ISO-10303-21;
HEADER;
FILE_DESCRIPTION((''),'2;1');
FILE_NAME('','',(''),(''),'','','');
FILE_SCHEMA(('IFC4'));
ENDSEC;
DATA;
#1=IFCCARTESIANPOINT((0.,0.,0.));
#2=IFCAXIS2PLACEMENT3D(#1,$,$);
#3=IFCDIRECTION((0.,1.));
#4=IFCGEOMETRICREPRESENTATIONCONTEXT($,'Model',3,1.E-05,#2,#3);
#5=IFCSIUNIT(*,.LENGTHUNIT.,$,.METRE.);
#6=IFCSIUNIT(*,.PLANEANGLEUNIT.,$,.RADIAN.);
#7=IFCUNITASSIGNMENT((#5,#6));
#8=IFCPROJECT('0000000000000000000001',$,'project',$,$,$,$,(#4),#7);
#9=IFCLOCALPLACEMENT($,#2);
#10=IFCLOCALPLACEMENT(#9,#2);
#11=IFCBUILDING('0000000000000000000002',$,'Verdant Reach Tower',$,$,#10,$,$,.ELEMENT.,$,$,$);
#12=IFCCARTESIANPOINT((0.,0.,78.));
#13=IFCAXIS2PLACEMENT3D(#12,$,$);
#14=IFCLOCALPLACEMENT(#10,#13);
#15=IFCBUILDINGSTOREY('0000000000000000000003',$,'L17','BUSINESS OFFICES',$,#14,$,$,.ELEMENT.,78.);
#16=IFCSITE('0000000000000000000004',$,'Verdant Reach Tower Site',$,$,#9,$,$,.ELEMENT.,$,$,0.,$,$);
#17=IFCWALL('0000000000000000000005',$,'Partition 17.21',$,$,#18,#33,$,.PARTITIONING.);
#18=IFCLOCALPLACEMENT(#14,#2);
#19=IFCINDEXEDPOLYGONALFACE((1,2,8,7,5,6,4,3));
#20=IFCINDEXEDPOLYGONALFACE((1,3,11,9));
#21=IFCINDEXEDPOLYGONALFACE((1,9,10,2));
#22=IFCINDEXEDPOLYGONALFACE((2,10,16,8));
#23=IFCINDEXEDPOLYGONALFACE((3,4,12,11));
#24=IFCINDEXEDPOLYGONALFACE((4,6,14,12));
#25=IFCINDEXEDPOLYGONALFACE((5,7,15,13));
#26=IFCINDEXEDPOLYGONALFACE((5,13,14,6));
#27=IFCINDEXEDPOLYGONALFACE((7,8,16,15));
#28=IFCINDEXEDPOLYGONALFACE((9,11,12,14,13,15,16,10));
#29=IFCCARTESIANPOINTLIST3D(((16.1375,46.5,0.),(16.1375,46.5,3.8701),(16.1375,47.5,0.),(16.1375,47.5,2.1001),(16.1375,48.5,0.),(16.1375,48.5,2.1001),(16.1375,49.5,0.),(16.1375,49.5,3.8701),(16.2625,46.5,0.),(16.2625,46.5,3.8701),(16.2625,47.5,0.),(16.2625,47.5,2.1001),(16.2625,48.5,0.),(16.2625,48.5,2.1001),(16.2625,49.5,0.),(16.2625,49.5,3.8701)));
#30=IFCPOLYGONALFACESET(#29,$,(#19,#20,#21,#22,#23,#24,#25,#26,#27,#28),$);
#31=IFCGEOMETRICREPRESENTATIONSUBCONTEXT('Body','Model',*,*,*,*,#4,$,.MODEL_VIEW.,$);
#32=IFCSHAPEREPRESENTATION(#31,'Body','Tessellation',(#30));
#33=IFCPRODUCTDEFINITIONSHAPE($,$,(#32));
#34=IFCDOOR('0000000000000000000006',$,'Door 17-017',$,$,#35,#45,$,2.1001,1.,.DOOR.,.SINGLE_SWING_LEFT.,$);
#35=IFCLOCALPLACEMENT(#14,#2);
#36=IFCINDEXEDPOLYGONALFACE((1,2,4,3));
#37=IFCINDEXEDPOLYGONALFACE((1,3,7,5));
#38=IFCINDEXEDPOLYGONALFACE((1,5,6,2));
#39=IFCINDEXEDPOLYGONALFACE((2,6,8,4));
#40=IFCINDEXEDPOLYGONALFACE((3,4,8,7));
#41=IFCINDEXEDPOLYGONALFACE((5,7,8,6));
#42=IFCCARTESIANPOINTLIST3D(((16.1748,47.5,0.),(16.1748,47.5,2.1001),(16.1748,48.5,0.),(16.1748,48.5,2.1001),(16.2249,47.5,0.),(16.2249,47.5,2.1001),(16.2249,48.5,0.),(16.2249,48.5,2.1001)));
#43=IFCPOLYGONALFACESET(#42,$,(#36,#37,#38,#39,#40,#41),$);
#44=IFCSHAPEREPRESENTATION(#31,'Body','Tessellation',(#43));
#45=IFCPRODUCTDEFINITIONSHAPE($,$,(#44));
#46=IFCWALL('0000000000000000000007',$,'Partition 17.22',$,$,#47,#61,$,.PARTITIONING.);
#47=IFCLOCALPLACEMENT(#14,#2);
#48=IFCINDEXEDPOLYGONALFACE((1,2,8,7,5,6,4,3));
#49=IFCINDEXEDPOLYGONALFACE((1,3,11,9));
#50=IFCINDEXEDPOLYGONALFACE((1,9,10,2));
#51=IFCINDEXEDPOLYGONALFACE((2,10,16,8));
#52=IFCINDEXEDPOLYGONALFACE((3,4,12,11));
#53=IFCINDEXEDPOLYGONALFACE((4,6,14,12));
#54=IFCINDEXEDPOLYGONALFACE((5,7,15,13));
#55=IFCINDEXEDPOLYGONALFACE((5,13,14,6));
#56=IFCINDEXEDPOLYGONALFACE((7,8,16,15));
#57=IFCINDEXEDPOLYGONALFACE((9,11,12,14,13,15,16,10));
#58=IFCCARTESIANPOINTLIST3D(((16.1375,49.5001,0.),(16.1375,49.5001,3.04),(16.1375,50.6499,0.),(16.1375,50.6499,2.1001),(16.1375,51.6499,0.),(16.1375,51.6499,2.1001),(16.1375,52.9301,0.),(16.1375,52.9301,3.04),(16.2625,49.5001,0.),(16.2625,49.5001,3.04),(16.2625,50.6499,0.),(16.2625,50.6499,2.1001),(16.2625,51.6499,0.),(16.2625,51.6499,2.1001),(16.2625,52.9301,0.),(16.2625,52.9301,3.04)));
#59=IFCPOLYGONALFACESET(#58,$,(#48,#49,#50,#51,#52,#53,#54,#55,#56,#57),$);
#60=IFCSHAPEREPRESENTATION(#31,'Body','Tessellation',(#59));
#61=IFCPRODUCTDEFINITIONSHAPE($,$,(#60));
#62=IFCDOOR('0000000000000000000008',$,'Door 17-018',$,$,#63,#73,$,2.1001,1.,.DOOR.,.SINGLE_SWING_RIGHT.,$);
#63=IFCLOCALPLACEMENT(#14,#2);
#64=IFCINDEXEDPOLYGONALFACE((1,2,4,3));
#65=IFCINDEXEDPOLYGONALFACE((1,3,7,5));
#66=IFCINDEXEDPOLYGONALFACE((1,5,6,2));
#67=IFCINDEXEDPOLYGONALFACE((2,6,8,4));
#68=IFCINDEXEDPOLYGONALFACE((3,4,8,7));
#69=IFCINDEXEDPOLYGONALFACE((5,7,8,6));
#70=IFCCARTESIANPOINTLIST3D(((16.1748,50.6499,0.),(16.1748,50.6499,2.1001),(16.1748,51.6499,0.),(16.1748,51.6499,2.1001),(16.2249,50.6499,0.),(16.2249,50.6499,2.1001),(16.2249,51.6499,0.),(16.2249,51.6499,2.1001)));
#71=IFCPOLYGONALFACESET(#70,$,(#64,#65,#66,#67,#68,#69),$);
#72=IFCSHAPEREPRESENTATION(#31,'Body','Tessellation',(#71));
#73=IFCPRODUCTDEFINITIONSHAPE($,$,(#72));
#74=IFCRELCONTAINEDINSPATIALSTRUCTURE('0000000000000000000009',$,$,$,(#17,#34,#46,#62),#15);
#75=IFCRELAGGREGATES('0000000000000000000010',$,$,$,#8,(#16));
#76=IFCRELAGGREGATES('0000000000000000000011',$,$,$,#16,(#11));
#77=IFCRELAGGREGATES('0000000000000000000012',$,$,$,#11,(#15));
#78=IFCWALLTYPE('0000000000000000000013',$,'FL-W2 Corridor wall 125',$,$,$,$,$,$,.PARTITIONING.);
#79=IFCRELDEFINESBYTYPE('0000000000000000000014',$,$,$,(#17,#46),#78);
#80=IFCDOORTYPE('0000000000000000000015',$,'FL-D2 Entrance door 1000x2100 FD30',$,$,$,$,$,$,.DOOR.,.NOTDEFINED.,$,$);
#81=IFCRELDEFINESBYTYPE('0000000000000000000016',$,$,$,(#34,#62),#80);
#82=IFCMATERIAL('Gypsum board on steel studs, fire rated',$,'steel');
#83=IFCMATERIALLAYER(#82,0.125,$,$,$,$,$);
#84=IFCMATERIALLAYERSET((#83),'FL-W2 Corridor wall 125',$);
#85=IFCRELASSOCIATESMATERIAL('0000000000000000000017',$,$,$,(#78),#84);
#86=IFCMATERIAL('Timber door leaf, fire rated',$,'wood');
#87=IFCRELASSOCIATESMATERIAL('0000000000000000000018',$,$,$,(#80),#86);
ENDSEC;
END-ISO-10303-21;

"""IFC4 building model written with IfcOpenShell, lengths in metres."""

from ifc_helpers import new_model, si_unit, direction, frame, frame_2d, origin, place, context, subcontext, project, spatial, rectangle, extrude, material, layer, layer_set, type_object, element, fill, save


model = new_model("IFC4")

# Units and contexts
model_context = context("Model", 3, precision=1e-05, world=origin(), true_north=direction((0.0, 1.0)))
body_context = subcontext(model_context, "Body", "Model", "MODEL_VIEW")
ifc_project = project(units=[si_unit("LENGTHUNIT", "METRE"), si_unit("PLANEANGLEUNIT", "RADIAN")], contexts=[model_context])

# Site, building, storey
site_placement = place(None, origin())
site = spatial("IfcSite", under=ifc_project, at=site_placement, Name="Verdant Reach Tower Site", CompositionType="ELEMENT", RefElevation=0.0)
building_placement = place(site_placement, origin())
building = spatial("IfcBuilding", under=site, at=building_placement, Name="Verdant Reach Tower", CompositionType="ELEMENT")
storey_placement = place(building_placement, frame((0.0, 0.0, 78.0)))
storey = spatial("IfcBuildingStorey", under=building, at=storey_placement, Name="L17", Description="BUSINESS OFFICES", CompositionType="ELEMENT", Elevation=78.0)

# Walls, openings, doors
ifc_material_1 = material(Name="Gypsum board on steel studs, fire rated", Category="steel")
ifc_layer_1 = layer(ifc_material_1, 0.125)
ifc_layer_set_1 = layer_set([ifc_layer_1], Name="FL-W2 Corridor wall 125")
wall_type_1 = type_object("IfcWallType", Name="FL-W2 Corridor wall 125", PredefinedType="PARTITIONING", material=ifc_layer_set_1)
ifc_material_2 = material(Name="Timber door leaf, fire rated", Category="wood")
door_type = type_object("IfcDoorType", Name="FL-D2 Entrance door 1000x2100 FD30", OperationType="NOTDEFINED", PredefinedType="DOOR", material=ifc_material_2)
wall_1_placement = place(storey_placement, frame((16.2, 49.5, 0.0), z_axis=(0.0, 0.0, 1.0), x_axis=(0.0, -1.0, 0.0)))
wall_1 = element("IfcWall", 1, at=wall_1_placement, inside=storey, type_object=wall_type_1, Name="Partition 17.21", PredefinedType="PARTITIONING", context=body_context, shape_type="SweptSolid", body=[
    extrude(rectangle(XDim=3.0, YDim=0.125, at=frame_2d((1.5, 0.0))), origin(), (0.0, 0.0, 1.0), 3.8701),
])
opening_1_placement = place(wall_1_placement, frame((1.0, 0.0, 0.0)))
opening_1 = element("IfcOpeningElement", 2, at=opening_1_placement, cuts=wall_1, PredefinedType="OPENING", context=body_context, shape_type="SweptSolid", body=[
    extrude(rectangle(XDim=1.0, YDim=2.1001, at=frame_2d((0.5, 1.05))), frame((0.0, 0.0725, 0.0), z_axis=(0.0, -1.0, 0.0), x_axis=(1.0, 0.0, 0.0)), (0.0, 0.0, 1.0), 0.145),
])
door_1_placement = place(opening_1_placement, origin())
door_1 = element("IfcDoor", 3, at=door_1_placement, inside=storey, type_object=door_type, Name="Door 17-017", OperationType="SINGLE_SWING_LEFT", OverallHeight=2.1001, OverallWidth=1.0, PredefinedType="DOOR", context=body_context, shape_type="SweptSolid", body=[
    extrude(rectangle(XDim=1.0, YDim=2.1001, at=frame_2d((0.5, 1.05))), frame((0.0, 0.0249, 0.0), z_axis=(0.0, -1.0, 0.0), x_axis=(1.0, 0.0, 0.0)), (0.0, 0.0, 1.0), 0.05),
])
fill(opening_1, door_1)
wall_2_placement = place(storey_placement, frame((16.2, 52.9299, 0.0), z_axis=(0.0, 0.0, 1.0), x_axis=(0.0, -1.0, 0.0)))
wall_2 = element("IfcWall", 4, at=wall_2_placement, inside=storey, type_object=wall_type_1, Name="Partition 17.22", PredefinedType="PARTITIONING", context=body_context, shape_type="SweptSolid", body=[
    extrude(rectangle(XDim=3.4299, YDim=0.125, at=frame_2d((1.7148, 0.0))), origin(), (0.0, 0.0, 1.0), 3.04),
])
opening_2_placement = place(wall_2_placement, frame((1.28, 0.0, 0.0)))
opening_2 = element("IfcOpeningElement", 5, at=opening_2_placement, cuts=wall_2, PredefinedType="OPENING", context=body_context, shape_type="SweptSolid", body=[
    extrude(rectangle(XDim=1.0, YDim=2.1001, at=frame_2d((0.5, 1.05))), frame((0.0, 0.0725, 0.0), z_axis=(0.0, -1.0, 0.0), x_axis=(1.0, 0.0, 0.0)), (0.0, 0.0, 1.0), 0.145),
])
door_2_placement = place(opening_2_placement, origin())
door_2 = element("IfcDoor", 6, at=door_2_placement, inside=storey, type_object=door_type, Name="Door 17-018", OperationType="SINGLE_SWING_RIGHT", OverallHeight=2.1001, OverallWidth=1.0, PredefinedType="DOOR", context=body_context, shape_type="SweptSolid", body=[
    extrude(rectangle(XDim=1.0, YDim=2.1001, at=frame_2d((0.5, 1.05))), frame((0.0, 0.0249, 0.0), z_axis=(0.0, -1.0, 0.0), x_axis=(1.0, 0.0, 0.0)), (0.0, 0.0, 1.0), 0.05),
])
fill(opening_2, door_2)

save(model, "model.ifc")
